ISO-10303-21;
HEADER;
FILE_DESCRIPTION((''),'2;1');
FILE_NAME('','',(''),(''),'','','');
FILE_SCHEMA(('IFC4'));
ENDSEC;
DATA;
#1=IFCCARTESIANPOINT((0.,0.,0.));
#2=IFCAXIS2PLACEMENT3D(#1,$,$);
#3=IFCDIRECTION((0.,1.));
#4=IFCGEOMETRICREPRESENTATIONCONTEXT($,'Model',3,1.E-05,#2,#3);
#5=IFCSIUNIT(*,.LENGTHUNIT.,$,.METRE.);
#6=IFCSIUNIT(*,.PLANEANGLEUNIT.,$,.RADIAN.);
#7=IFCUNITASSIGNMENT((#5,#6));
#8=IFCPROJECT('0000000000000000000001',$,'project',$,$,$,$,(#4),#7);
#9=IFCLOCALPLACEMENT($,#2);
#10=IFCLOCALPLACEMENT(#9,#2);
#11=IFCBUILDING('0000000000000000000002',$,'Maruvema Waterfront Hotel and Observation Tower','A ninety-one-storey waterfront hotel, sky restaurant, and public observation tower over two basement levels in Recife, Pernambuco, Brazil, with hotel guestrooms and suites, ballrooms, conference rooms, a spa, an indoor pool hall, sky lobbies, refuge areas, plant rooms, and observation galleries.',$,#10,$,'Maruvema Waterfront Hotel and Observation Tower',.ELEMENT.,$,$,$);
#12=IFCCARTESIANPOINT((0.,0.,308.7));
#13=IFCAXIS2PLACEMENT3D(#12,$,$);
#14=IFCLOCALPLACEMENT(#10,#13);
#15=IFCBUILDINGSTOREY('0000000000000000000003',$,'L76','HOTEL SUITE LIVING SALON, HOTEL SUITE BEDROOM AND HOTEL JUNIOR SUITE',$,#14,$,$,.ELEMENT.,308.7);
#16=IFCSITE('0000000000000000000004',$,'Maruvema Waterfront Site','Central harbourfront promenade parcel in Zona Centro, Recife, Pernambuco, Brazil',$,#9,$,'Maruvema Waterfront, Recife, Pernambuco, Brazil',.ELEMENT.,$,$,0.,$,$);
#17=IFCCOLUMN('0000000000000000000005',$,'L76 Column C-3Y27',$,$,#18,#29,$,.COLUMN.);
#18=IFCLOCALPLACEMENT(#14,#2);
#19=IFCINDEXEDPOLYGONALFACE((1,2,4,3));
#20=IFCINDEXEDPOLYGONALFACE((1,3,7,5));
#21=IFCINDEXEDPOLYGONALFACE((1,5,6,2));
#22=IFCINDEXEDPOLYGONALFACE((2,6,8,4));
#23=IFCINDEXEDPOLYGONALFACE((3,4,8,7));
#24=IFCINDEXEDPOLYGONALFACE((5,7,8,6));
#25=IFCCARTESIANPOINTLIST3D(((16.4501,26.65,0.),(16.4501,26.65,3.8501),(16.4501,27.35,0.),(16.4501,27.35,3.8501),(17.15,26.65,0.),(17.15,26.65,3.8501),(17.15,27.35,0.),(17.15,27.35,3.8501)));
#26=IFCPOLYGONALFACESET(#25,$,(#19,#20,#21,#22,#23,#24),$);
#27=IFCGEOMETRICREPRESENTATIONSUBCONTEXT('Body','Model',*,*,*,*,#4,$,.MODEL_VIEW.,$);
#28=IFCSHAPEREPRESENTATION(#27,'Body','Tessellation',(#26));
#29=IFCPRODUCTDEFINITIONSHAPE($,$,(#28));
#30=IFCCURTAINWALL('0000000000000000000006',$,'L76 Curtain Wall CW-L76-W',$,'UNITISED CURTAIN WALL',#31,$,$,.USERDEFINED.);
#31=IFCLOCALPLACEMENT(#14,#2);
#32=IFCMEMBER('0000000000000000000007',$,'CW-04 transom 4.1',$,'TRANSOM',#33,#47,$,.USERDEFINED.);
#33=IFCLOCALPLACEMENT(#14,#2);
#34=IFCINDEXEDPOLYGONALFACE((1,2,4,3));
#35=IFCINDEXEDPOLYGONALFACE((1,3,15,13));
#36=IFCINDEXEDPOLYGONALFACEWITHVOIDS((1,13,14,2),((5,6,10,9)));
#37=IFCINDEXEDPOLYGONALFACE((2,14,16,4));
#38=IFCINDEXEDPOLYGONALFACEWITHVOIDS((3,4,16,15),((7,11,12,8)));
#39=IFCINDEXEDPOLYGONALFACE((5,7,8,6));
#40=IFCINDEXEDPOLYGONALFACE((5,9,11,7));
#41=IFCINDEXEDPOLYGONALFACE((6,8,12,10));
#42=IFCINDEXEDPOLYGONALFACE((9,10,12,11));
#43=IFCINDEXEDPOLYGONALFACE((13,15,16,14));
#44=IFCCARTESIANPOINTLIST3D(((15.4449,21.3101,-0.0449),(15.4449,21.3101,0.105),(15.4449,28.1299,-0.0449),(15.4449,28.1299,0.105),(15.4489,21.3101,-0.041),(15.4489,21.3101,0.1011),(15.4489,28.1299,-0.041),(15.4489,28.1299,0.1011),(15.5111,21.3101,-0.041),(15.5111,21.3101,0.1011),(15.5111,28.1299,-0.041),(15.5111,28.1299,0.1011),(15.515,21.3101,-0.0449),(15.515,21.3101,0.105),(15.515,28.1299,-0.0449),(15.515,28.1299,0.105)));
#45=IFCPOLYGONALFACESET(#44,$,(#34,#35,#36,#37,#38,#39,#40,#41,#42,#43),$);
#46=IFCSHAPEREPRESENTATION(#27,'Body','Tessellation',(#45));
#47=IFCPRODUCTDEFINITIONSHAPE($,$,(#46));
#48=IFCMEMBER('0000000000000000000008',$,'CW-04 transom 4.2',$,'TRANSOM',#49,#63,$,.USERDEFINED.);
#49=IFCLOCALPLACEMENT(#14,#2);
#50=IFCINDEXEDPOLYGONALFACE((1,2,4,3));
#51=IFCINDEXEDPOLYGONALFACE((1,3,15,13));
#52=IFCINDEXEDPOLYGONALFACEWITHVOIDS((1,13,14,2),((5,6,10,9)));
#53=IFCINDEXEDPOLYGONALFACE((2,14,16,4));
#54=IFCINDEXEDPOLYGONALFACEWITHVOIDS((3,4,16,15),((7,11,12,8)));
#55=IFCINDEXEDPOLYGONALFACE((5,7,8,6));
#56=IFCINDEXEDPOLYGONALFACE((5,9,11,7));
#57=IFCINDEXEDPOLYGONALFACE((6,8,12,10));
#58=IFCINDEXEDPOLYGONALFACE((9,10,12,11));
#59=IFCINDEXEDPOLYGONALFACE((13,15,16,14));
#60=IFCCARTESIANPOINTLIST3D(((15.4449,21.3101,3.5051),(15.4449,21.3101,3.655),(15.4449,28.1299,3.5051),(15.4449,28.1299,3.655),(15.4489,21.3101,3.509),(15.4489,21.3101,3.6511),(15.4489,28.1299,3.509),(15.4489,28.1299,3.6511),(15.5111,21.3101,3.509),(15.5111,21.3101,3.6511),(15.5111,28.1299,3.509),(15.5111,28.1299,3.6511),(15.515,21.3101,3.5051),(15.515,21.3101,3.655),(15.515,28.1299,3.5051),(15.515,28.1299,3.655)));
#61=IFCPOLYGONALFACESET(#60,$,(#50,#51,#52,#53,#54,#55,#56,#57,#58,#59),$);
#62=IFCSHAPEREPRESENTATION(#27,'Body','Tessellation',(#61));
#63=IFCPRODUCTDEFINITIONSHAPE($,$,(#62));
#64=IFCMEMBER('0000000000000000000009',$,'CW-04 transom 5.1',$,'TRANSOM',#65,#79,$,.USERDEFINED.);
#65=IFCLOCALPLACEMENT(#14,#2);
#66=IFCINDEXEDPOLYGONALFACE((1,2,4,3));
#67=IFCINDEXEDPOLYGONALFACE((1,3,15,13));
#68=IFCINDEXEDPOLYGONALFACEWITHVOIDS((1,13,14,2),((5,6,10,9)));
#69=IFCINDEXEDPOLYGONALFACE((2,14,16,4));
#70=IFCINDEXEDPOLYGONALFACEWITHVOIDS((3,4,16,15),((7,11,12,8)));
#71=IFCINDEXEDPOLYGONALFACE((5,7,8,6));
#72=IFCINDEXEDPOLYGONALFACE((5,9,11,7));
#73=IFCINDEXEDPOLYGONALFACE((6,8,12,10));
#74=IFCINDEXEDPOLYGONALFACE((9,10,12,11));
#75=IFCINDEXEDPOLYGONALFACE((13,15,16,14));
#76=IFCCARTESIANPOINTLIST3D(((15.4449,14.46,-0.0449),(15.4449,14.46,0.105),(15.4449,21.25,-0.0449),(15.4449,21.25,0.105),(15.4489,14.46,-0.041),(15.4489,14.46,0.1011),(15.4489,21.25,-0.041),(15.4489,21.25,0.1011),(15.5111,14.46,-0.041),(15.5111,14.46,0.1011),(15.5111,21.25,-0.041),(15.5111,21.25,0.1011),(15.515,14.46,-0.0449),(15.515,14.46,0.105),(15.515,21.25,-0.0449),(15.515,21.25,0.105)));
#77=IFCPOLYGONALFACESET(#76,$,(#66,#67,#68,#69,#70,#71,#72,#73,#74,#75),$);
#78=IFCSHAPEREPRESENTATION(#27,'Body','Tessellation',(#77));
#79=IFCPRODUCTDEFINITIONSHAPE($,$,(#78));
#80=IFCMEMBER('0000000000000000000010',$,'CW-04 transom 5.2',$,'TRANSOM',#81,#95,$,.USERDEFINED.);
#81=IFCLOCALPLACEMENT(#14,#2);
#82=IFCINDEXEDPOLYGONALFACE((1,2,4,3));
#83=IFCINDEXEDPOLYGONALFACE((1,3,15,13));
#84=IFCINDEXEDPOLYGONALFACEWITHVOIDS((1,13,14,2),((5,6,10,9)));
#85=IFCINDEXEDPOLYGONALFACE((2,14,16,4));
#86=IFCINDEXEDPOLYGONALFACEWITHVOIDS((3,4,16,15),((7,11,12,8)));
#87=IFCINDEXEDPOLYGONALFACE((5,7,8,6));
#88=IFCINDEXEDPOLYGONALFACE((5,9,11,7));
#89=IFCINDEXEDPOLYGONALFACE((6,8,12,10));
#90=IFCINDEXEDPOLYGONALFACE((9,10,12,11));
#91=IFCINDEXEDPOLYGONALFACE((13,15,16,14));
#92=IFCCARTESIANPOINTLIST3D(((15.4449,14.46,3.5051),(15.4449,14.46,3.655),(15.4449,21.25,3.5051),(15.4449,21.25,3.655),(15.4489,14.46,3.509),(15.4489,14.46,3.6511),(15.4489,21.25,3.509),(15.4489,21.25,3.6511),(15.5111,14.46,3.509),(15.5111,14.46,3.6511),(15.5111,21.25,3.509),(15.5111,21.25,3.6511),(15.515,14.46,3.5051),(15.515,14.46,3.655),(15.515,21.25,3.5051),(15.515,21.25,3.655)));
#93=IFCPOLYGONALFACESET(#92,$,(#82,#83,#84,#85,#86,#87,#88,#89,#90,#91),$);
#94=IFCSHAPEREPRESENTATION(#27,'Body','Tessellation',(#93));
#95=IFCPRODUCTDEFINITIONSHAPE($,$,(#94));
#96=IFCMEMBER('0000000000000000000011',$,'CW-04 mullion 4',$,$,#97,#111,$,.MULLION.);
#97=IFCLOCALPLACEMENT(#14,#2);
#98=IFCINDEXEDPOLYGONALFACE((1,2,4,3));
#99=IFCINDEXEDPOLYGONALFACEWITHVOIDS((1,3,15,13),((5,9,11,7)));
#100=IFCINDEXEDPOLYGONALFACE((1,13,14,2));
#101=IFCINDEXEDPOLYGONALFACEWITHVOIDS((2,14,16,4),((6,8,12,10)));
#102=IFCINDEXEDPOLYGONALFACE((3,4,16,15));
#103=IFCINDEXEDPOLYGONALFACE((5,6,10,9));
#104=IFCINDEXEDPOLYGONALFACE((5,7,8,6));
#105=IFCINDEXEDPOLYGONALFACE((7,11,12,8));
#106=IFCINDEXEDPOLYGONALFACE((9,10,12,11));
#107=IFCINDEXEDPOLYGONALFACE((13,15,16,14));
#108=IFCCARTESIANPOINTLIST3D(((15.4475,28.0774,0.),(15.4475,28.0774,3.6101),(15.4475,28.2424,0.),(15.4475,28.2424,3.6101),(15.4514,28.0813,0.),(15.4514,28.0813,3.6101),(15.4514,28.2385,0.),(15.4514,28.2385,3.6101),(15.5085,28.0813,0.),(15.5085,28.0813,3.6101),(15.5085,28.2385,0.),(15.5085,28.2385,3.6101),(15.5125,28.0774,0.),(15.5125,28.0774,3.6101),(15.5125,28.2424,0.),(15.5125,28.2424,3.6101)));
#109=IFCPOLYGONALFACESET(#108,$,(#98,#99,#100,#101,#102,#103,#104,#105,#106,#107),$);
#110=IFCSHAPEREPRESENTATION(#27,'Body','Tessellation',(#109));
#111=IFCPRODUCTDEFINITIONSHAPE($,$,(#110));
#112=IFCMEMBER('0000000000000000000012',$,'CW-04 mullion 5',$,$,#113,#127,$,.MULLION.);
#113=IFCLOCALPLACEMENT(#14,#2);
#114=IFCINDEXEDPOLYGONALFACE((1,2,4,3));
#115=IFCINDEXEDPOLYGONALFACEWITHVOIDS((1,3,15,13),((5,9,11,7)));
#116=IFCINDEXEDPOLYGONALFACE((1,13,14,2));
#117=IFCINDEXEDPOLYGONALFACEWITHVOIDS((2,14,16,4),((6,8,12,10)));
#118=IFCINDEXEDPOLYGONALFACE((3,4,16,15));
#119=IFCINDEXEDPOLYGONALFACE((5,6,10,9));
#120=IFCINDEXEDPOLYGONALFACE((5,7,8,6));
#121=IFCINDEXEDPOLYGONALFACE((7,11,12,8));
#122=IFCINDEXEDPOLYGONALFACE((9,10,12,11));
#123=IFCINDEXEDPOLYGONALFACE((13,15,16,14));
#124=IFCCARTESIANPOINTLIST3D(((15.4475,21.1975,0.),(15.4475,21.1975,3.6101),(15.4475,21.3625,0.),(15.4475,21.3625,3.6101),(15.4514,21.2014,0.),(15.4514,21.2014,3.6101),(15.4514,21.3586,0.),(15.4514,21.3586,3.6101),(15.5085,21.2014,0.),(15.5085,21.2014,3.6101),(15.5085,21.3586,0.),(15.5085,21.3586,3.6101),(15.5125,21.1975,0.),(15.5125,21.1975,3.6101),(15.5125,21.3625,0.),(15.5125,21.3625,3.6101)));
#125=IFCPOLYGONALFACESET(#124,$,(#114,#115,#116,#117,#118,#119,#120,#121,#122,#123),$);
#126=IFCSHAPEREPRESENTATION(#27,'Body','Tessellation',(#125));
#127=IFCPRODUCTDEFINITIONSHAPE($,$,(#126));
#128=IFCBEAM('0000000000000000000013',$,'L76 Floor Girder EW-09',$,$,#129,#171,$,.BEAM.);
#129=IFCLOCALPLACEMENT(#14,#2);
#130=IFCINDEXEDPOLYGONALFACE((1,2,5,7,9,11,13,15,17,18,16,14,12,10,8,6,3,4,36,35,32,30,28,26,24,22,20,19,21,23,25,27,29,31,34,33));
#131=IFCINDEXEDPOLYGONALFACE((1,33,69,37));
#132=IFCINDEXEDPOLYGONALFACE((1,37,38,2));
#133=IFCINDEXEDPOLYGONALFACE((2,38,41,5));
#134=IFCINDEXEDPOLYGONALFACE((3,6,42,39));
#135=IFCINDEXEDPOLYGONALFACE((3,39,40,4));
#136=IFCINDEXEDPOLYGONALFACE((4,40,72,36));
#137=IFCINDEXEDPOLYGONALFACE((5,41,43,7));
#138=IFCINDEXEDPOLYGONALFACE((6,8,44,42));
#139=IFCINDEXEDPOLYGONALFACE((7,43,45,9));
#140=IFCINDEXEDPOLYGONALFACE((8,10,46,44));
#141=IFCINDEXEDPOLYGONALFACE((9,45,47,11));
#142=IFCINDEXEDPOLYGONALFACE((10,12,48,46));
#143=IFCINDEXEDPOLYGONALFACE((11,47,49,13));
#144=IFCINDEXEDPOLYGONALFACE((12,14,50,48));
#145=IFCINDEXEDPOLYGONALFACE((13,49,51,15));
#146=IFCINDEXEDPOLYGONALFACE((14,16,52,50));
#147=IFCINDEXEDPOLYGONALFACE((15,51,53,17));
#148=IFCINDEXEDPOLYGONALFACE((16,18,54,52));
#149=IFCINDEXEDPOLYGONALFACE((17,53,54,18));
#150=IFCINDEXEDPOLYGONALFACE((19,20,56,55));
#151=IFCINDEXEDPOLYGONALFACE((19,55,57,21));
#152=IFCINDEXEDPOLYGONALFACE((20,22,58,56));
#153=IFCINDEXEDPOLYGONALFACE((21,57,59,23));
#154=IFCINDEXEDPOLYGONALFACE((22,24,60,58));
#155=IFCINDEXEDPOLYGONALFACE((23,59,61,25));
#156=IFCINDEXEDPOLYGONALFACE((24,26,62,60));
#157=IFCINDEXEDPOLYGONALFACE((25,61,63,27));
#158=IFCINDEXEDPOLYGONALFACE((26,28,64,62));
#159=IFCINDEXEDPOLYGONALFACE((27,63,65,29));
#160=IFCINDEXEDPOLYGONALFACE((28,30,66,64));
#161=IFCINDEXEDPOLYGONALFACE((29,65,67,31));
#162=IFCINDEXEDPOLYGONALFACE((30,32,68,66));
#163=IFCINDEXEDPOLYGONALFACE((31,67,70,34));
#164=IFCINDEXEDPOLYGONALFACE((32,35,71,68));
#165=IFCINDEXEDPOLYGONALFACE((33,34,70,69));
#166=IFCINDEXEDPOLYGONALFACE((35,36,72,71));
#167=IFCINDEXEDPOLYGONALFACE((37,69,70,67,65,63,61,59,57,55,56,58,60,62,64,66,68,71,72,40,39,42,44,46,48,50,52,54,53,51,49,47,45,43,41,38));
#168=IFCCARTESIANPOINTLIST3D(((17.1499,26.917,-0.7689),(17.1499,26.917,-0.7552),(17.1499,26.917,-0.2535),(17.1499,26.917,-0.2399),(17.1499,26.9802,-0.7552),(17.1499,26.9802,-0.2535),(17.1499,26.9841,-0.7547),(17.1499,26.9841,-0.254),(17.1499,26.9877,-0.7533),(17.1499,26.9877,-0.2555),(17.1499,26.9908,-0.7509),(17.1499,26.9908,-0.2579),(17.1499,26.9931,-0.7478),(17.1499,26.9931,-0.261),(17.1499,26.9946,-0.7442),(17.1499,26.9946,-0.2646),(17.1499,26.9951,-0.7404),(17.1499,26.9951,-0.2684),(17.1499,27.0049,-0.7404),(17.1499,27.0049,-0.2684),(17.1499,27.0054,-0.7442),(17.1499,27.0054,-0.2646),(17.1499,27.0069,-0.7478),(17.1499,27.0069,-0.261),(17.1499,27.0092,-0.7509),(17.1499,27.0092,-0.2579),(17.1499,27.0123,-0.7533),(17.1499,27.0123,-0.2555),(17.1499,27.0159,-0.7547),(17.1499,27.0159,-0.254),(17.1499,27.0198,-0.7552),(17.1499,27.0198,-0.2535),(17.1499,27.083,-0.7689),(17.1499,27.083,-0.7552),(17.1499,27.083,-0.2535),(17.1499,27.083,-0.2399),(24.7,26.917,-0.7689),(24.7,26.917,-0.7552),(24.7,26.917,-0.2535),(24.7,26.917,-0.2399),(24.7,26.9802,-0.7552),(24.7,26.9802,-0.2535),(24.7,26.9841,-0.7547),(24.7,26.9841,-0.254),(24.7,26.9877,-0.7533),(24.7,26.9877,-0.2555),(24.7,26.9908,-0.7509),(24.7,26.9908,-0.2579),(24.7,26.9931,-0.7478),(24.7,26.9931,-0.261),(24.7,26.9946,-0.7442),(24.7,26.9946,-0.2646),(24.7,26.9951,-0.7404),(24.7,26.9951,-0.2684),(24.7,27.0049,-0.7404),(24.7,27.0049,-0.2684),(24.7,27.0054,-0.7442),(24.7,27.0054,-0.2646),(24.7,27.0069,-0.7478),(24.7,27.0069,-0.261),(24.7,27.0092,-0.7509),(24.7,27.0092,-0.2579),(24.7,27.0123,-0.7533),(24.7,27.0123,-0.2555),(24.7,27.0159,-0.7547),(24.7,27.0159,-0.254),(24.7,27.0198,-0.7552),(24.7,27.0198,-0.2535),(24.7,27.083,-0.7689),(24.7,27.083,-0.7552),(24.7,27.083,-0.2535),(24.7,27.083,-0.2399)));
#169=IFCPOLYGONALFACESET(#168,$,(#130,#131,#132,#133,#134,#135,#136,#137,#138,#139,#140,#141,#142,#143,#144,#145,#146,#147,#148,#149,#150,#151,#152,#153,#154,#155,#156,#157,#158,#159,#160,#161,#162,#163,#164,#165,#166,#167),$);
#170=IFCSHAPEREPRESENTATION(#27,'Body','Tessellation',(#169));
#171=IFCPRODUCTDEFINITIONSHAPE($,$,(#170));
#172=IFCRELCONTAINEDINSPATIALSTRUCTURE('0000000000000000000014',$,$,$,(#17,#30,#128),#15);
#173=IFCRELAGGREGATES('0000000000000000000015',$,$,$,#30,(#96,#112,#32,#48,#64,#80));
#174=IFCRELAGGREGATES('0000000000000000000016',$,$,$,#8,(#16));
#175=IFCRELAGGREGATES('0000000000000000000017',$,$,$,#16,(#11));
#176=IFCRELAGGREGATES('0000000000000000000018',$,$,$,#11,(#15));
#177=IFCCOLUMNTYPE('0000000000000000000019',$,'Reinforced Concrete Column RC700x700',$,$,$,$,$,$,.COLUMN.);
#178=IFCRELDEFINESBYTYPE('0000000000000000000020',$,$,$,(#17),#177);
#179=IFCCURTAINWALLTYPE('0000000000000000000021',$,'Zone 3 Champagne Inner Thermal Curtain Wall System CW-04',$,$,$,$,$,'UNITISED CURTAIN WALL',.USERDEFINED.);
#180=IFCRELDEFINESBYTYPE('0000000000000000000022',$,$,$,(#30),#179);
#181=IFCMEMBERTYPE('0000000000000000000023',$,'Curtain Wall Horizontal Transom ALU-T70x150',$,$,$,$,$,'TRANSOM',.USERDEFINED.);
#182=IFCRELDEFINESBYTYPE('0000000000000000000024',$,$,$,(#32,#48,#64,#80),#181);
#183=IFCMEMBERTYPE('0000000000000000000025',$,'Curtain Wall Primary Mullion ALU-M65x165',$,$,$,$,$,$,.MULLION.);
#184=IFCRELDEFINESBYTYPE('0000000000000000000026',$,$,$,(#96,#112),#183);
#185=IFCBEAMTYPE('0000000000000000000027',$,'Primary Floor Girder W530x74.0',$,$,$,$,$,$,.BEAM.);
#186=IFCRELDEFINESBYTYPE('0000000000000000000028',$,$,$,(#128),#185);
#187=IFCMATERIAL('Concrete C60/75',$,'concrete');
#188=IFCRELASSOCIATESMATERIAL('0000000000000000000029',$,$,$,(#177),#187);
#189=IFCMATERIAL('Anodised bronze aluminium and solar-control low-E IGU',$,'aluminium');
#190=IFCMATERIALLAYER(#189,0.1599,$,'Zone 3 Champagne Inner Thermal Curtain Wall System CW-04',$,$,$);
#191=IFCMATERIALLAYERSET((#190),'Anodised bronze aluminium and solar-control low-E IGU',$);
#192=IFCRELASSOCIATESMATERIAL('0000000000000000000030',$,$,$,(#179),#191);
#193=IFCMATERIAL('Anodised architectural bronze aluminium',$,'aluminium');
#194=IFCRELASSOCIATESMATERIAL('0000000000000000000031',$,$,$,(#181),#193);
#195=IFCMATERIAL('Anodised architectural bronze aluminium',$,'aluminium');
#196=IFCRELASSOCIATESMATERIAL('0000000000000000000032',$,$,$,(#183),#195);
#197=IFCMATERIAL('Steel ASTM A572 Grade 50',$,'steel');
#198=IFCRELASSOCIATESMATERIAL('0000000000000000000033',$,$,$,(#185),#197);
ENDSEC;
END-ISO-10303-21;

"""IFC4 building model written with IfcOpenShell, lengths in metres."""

from ifc_helpers import new_model, si_unit, direction, frame, origin, origin_2d, place, context, subcontext, project, spatial, rectangle, hollow_rectangle, i_section, extrude, material, layer, layer_set, material_profile, profile_set, type_object, element, aggregate, save


model = new_model("IFC4")

# Units and contexts
model_context = context("Model", 3, precision=1e-05, world=origin(), true_north=direction((0.0, 1.0)))
body_context = subcontext(model_context, "Body", "Model", "MODEL_VIEW")
ifc_project = project(units=[si_unit("LENGTHUNIT", "METRE"), si_unit("PLANEANGLEUNIT", "RADIAN")], contexts=[model_context])

# Site, building, storey
site_placement = place(None, origin())
site = spatial("IfcSite", under=ifc_project, at=site_placement, Name="Maruvema Waterfront Site", Description="Central harbourfront promenade parcel in Zona Centro, Recife, Pernambuco, Brazil", LongName="Maruvema Waterfront, Recife, Pernambuco, Brazil", CompositionType="ELEMENT", RefElevation=0.0)
building_placement = place(site_placement, origin())
building = spatial("IfcBuilding", under=site, at=building_placement, Name="Maruvema Waterfront Hotel and Observation Tower", Description="A ninety-one-storey waterfront hotel, sky restaurant, and public observation tower over two basement levels in Recife, Pernambuco, Brazil, with hotel guestrooms and suites, ballrooms, conference rooms, a spa, an indoor pool hall, sky lobbies, refuge areas, plant rooms, and observation galleries.", LongName="Maruvema Waterfront Hotel and Observation Tower", CompositionType="ELEMENT")
storey_placement = place(building_placement, frame((0.0, 0.0, 308.7)))
storey = spatial("IfcBuildingStorey", under=building, at=storey_placement, Name="L76", Description="HOTEL SUITE LIVING SALON, HOTEL SUITE BEDROOM AND HOTEL JUNIOR SUITE", CompositionType="ELEMENT", Elevation=308.7)

# Column
ifc_material_1 = material(Name="Concrete C60/75", Category="concrete")
ifc_material_profile_1 = material_profile(ifc_material_1, rectangle(XDim=0.7, YDim=0.7, at=origin_2d()), Name="RC700x700")
ifc_profile_set_1 = profile_set([ifc_material_profile_1], Name="Concrete C60/75")
column_type = type_object("IfcColumnType", Name="Reinforced Concrete Column RC700x700", PredefinedType="COLUMN", material=ifc_profile_set_1)
column_placement = place(storey_placement, frame((16.8, 27.0, 0.0), z_axis=(0.0, 0.0, 1.0), x_axis=(1.0, 0.0, 0.0)))
element("IfcColumn", 1, at=column_placement, inside=storey, type_object=column_type, Name="L76 Column C-3Y27", PredefinedType="COLUMN", context=body_context, shape_type="SweptSolid", body=[
    extrude(rectangle(XDim=0.7, YDim=0.7, at=origin_2d()), origin(), (0.0, 0.0, 1.0), 3.8501),
])

# Curtain wall, members
ifc_material_2 = material(Name="Anodised bronze aluminium and solar-control low-E IGU", Category="aluminium")
ifc_layer_1 = layer(ifc_material_2, 0.1599, Name="Zone 3 Champagne Inner Thermal Curtain Wall System CW-04")
ifc_layer_set_1 = layer_set([ifc_layer_1], Name="Anodised bronze aluminium and solar-control low-E IGU")
curtain_wall_type = type_object("IfcCurtainWallType", Name="Zone 3 Champagne Inner Thermal Curtain Wall System CW-04", ElementType="UNITISED CURTAIN WALL", PredefinedType="USERDEFINED", material=ifc_layer_set_1)
curtain_wall_placement = place(storey_placement, origin())
curtain_wall = element("IfcCurtainWall", 2, at=curtain_wall_placement, inside=storey, type_object=curtain_wall_type, Name="L76 Curtain Wall CW-L76-W", ObjectType="UNITISED CURTAIN WALL", PredefinedType="USERDEFINED")
ifc_material_3 = material(Name="Anodised architectural bronze aluminium", Category="aluminium")
ifc_material_profile_2 = material_profile(ifc_material_3, hollow_rectangle(XDim=0.0701, YDim=0.1499, WallThickness=0.0039, at=origin_2d()), Name="ALU-T70x150")
ifc_profile_set_2 = profile_set([ifc_material_profile_2], Name="Anodised architectural bronze aluminium")
member_type_1 = type_object("IfcMemberType", Name="Curtain Wall Horizontal Transom ALU-T70x150", ElementType="TRANSOM", PredefinedType="USERDEFINED", material=ifc_profile_set_2)
member_1_placement = place(storey_placement, frame((15.48, 28.1299, 0.03), z_axis=(0.0, -1.0, 0.0), x_axis=(1.0, 0.0, 0.0)))
member_1 = element("IfcMember", 3, at=member_1_placement, type_object=member_type_1, Name="CW-04 transom 4.1", ObjectType="TRANSOM", PredefinedType="USERDEFINED", context=body_context, shape_type="SweptSolid", body=[
    extrude(hollow_rectangle(XDim=0.0701, YDim=0.1499, WallThickness=0.0039, at=origin_2d()), origin(), (0.0, 0.0, 1.0), 6.8198),
])
member_2_placement = place(storey_placement, frame((15.48, 28.1299, 3.5801), z_axis=(0.0, -1.0, 0.0), x_axis=(1.0, 0.0, 0.0)))
member_2 = element("IfcMember", 4, at=member_2_placement, type_object=member_type_1, Name="CW-04 transom 4.2", ObjectType="TRANSOM", PredefinedType="USERDEFINED", context=body_context, shape_type="SweptSolid", body=[
    extrude(hollow_rectangle(XDim=0.0701, YDim=0.1499, WallThickness=0.0039, at=origin_2d()), origin(), (0.0, 0.0, 1.0), 6.8198),
])
member_3_placement = place(storey_placement, frame((15.48, 21.25, 0.03), z_axis=(0.0, -1.0, 0.0), x_axis=(1.0, 0.0, 0.0)))
member_3 = element("IfcMember", 5, at=member_3_placement, type_object=member_type_1, Name="CW-04 transom 5.1", ObjectType="TRANSOM", PredefinedType="USERDEFINED", context=body_context, shape_type="SweptSolid", body=[
    extrude(hollow_rectangle(XDim=0.0701, YDim=0.1499, WallThickness=0.0039, at=origin_2d()), origin(), (0.0, 0.0, 1.0), 6.79),
])
member_4_placement = place(storey_placement, frame((15.48, 21.25, 3.5801), z_axis=(0.0, -1.0, 0.0), x_axis=(1.0, 0.0, 0.0)))
member_4 = element("IfcMember", 6, at=member_4_placement, type_object=member_type_1, Name="CW-04 transom 5.2", ObjectType="TRANSOM", PredefinedType="USERDEFINED", context=body_context, shape_type="SweptSolid", body=[
    extrude(hollow_rectangle(XDim=0.0701, YDim=0.1499, WallThickness=0.0039, at=origin_2d()), origin(), (0.0, 0.0, 1.0), 6.79),
])
ifc_material_4 = material(Name="Anodised architectural bronze aluminium", Category="aluminium")
ifc_material_profile_3 = material_profile(ifc_material_4, hollow_rectangle(XDim=0.0649, YDim=0.165, WallThickness=0.0039, at=origin_2d()), Name="ALU-M65x165")
ifc_profile_set_3 = profile_set([ifc_material_profile_3], Name="Anodised architectural bronze aluminium")
member_type_2 = type_object("IfcMemberType", Name="Curtain Wall Primary Mullion ALU-M65x165", PredefinedType="MULLION", material=ifc_profile_set_3)
member_5_placement = place(storey_placement, frame((15.48, 28.1599, 0.0), z_axis=(0.0, 0.0, 1.0), x_axis=(1.0, 0.0, 0.0)))
member_5 = element("IfcMember", 7, at=member_5_placement, type_object=member_type_2, Name="CW-04 mullion 4", PredefinedType="MULLION", context=body_context, shape_type="SweptSolid", body=[
    extrude(hollow_rectangle(XDim=0.0649, YDim=0.165, WallThickness=0.0039, at=origin_2d()), origin(), (0.0, 0.0, 1.0), 3.6101),
])
member_6_placement = place(storey_placement, frame((15.48, 21.28, 0.0), z_axis=(0.0, 0.0, 1.0), x_axis=(1.0, 0.0, 0.0)))
member_6 = element("IfcMember", 8, at=member_6_placement, type_object=member_type_2, Name="CW-04 mullion 5", PredefinedType="MULLION", context=body_context, shape_type="SweptSolid", body=[
    extrude(hollow_rectangle(XDim=0.0649, YDim=0.165, WallThickness=0.0039, at=origin_2d()), origin(), (0.0, 0.0, 1.0), 3.6101),
])

# Beam
ifc_material_5 = material(Name="Steel ASTM A572 Grade 50", Category="steel")
ifc_material_profile_4 = material_profile(ifc_material_5, i_section(OverallWidth=0.166, OverallDepth=0.5291, WebThickness=0.0098, FlangeThickness=0.0137, FilletRadius=0.0149, at=origin_2d()), Name="W530x74.0")
ifc_profile_set_4 = profile_set([ifc_material_profile_4], Name="Steel ASTM A572 Grade 50")
beam_type_1 = type_object("IfcBeamType", Name="Primary Floor Girder W530x74.0", PredefinedType="BEAM", material=ifc_profile_set_4)
beam_1_placement = place(storey_placement, frame((17.1499, 27.0, -0.5044), z_axis=(1.0, 0.0, 0.0), x_axis=(0.0, 1.0, 0.0)))
element("IfcBeam", 9, at=beam_1_placement, inside=storey, type_object=beam_type_1, Name="L76 Floor Girder EW-09", PredefinedType="BEAM", context=body_context, shape_type="SweptSolid", body=[
    extrude(i_section(OverallWidth=0.166, OverallDepth=0.5291, WebThickness=0.0098, FlangeThickness=0.0137, FilletRadius=0.0149, at=origin_2d()), origin(), (0.0, 0.0, 1.0), 7.55),
])

aggregate(curtain_wall, [member_5, member_6, member_1, member_2, member_3, member_4])

save(model, "model.ifc")
